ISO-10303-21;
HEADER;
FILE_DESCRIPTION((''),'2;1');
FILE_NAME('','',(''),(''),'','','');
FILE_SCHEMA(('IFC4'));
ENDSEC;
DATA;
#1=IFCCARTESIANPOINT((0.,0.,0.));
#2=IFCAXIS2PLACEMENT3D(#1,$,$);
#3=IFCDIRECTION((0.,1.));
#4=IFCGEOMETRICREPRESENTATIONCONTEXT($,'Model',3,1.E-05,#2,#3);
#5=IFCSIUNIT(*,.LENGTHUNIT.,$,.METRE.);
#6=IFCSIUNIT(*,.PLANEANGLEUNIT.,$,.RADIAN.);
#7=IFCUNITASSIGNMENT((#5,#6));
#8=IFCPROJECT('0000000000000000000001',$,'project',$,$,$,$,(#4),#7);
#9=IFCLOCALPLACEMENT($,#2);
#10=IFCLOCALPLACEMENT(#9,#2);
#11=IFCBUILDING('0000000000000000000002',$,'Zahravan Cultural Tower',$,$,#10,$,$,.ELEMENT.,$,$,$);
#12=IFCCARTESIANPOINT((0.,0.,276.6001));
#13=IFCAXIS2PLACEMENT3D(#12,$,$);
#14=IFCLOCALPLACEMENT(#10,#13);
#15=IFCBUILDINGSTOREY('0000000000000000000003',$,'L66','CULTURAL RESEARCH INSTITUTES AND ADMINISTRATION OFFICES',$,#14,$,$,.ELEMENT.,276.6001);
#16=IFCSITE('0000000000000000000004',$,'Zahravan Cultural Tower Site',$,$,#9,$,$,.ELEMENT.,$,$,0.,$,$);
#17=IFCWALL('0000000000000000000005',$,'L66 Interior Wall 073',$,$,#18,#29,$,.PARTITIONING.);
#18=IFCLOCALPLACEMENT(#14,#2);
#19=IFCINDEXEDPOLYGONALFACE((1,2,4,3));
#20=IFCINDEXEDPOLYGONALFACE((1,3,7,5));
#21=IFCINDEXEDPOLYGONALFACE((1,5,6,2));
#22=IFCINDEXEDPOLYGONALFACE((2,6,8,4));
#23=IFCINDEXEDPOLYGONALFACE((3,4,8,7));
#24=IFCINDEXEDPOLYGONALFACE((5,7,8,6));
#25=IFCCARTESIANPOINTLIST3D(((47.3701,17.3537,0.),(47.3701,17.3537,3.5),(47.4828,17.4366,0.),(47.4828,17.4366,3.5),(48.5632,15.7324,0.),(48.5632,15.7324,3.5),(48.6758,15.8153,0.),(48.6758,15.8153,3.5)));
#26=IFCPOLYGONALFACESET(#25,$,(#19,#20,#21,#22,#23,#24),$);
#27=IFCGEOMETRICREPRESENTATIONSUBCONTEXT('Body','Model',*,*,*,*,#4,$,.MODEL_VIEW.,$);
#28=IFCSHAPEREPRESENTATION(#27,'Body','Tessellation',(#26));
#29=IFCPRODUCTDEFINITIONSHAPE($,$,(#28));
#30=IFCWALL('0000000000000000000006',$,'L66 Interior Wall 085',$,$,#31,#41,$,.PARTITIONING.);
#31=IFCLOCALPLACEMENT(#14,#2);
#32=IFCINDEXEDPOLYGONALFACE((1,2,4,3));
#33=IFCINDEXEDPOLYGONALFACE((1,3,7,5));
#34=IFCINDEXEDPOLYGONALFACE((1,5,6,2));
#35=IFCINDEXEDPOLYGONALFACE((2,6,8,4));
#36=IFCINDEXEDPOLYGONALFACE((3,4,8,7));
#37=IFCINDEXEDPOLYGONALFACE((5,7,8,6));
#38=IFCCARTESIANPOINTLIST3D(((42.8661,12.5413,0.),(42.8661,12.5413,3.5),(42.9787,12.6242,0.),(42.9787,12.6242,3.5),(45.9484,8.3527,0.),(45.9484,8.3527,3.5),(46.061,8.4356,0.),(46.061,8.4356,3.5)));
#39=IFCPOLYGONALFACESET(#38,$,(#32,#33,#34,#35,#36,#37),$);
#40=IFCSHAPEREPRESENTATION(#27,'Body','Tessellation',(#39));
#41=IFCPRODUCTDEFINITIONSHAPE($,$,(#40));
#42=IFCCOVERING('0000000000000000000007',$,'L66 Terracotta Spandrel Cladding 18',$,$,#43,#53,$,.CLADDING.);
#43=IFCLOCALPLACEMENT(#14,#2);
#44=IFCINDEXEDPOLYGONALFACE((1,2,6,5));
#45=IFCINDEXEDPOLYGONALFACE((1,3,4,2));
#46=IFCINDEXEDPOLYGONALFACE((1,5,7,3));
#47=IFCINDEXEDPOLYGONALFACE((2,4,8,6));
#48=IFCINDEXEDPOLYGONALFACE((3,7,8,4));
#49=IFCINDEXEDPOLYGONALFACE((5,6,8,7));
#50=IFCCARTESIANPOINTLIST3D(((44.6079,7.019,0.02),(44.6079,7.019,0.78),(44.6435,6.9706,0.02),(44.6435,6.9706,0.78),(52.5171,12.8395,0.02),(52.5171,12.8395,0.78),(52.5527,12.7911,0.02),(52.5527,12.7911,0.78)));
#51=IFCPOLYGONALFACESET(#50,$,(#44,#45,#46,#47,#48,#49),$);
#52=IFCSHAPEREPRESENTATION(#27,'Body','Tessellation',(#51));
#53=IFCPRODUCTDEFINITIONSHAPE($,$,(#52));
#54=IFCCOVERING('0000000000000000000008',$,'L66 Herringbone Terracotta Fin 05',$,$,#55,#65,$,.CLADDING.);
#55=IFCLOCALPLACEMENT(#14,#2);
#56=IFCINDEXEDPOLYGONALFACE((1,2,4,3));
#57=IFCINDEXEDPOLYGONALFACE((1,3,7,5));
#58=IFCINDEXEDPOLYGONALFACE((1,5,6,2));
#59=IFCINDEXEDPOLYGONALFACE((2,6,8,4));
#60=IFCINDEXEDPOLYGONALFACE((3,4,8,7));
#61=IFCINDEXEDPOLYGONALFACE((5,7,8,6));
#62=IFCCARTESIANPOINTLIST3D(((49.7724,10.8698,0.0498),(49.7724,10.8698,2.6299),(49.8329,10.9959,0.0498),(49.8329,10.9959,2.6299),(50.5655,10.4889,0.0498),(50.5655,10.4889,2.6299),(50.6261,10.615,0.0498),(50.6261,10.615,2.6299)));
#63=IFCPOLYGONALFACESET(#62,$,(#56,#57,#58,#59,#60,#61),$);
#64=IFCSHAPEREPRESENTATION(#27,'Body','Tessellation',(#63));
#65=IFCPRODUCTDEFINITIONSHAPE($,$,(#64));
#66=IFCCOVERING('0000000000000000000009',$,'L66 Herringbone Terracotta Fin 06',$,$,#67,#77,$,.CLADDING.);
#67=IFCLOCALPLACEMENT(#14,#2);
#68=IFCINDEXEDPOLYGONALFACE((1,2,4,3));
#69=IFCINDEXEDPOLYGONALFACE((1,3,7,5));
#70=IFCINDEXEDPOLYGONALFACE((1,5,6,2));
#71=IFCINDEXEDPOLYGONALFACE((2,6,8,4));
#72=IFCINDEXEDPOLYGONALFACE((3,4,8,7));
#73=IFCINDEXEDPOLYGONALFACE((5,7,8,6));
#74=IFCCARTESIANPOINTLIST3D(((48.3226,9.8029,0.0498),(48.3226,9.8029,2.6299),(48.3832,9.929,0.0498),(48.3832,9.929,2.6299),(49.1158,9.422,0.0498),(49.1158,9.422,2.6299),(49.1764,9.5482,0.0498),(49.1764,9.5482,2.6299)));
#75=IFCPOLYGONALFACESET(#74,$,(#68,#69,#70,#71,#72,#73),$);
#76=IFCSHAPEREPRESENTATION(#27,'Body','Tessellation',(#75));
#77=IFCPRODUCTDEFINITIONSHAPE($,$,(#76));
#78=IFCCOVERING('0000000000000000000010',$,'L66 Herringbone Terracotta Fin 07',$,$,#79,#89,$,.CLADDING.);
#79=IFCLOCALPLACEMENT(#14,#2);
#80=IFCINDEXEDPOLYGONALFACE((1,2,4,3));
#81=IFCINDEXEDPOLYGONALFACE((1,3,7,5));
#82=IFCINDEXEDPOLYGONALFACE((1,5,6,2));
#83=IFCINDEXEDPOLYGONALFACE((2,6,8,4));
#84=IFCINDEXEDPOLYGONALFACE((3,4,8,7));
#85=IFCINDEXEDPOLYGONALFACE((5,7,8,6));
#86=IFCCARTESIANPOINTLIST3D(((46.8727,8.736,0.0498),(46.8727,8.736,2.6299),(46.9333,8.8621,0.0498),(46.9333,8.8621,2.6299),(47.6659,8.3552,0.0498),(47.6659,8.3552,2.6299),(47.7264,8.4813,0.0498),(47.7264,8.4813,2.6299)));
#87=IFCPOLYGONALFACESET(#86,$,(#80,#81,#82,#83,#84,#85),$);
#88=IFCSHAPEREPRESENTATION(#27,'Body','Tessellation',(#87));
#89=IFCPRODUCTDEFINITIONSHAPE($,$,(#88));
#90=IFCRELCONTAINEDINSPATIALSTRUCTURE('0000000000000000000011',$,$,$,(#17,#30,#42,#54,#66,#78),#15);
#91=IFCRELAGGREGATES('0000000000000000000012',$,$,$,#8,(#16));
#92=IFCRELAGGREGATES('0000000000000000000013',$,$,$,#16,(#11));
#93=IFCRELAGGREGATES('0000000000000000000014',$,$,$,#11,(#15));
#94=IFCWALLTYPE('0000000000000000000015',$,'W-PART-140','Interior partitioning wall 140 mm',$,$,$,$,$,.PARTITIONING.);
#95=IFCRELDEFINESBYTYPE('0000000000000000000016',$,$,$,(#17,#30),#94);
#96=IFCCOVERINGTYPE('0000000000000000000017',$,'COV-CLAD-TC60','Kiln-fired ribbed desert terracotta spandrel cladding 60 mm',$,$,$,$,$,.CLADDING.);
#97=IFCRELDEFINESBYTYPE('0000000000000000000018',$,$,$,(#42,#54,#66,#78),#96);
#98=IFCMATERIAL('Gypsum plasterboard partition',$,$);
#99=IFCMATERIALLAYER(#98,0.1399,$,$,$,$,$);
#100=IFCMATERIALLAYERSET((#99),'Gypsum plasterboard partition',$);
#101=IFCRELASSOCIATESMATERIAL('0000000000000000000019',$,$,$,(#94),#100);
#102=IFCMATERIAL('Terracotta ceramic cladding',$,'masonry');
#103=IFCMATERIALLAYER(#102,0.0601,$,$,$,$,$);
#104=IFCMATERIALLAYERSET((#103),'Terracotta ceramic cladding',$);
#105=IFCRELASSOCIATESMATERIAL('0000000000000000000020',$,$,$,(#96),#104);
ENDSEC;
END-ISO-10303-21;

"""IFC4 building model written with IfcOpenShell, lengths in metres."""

from ifc_helpers import new_model, si_unit, direction, frame, frame_2d, origin, origin_2d, place, context, subcontext, project, spatial, rectangle, extrude, source, transform, mapped, material, layer, layer_set, type_object, element, save


model = new_model("IFC4")

# Units and contexts
model_context = context("Model", 3, precision=1e-05, world=origin(), true_north=direction((0.0, 1.0)))
body_context = subcontext(model_context, "Body", "Model", "MODEL_VIEW")
ifc_project = project(units=[si_unit("LENGTHUNIT", "METRE"), si_unit("PLANEANGLEUNIT", "RADIAN")], contexts=[model_context])

# Site, building, storey
site_placement = place(None, origin())
site = spatial("IfcSite", under=ifc_project, at=site_placement, Name="Zahravan Cultural Tower Site", CompositionType="ELEMENT", RefElevation=0.0)
building_placement = place(site_placement, origin())
building = spatial("IfcBuilding", under=site, at=building_placement, Name="Zahravan Cultural Tower", CompositionType="ELEMENT")
storey_placement = place(building_placement, frame((0.0, 0.0, 276.6001)))
storey = spatial("IfcBuildingStorey", under=building, at=storey_placement, Name="L66", Description="CULTURAL RESEARCH INSTITUTES AND ADMINISTRATION OFFICES", CompositionType="ELEMENT", Elevation=276.6001)

# Shared definitions
ifc_material_1 = material(Name="Gypsum plasterboard partition")
ifc_layer_1 = layer(ifc_material_1, 0.1399)
ifc_layer_set_1 = layer_set([ifc_layer_1], Name="Gypsum plasterboard partition")
wall_type_1 = type_object("IfcWallType", Name="W-PART-140", Description="Interior partitioning wall 140 mm", PredefinedType="PARTITIONING", material=ifc_layer_set_1)

# Walls
shared_shape_1 = source(origin(), body_context, "Body", "SweptSolid", [
    extrude(rectangle(XDim=2.0129, YDim=0.1399, at=frame_2d((1.0063, 0.0))), origin(), (0.0, 0.0, 1.0), 3.5),
])
wall_1_placement = place(storey_placement, frame((47.4265, 17.395, 0.0), z_axis=(0.0, 0.0, 1.0), x_axis=(0.592698, -0.805425, 0.0)))
element("IfcWall", 1, at=wall_1_placement, inside=storey, type_object=wall_type_1, Name="L66 Interior Wall 073", PredefinedType="PARTITIONING", context=body_context, shape_type="MappedRepresentation", body=[
    mapped(shared_shape_1, transform((0.0, 0.0, 0.0), x_axis=(1.0, 0.0, 0.0), y_axis=(0.0, 1.0, 0.0), z_axis=(0.0, 0.0, 1.0), scale=1.0)),
])
shared_shape_2 = source(origin(), body_context, "Body", "SweptSolid", [
    extrude(rectangle(XDim=5.2004, YDim=0.1399, at=frame_2d((2.6001, 0.0))), origin(), (0.0, 0.0, 1.0), 3.5),
])
wall_2_placement = place(storey_placement, frame((46.0046, 8.3943, 0.0), z_axis=(0.0, 0.0, 1.0), x_axis=(-0.592704, 0.80542, 0.0)))
element("IfcWall", 2, at=wall_2_placement, inside=storey, type_object=wall_type_1, Name="L66 Interior Wall 085", PredefinedType="PARTITIONING", context=body_context, shape_type="MappedRepresentation", body=[
    mapped(shared_shape_2, transform((0.0, 0.0, 0.0), x_axis=(1.0, 0.0, 0.0), y_axis=(0.0, 1.0, 0.0), z_axis=(0.0, 0.0, 1.0), scale=1.0)),
])

# Coverings
ifc_material_2 = material(Name="Terracotta ceramic cladding", Category="masonry")
ifc_layer_2 = layer(ifc_material_2, 0.0601)
ifc_layer_set_2 = layer_set([ifc_layer_2], Name="Terracotta ceramic cladding")
covering_type = type_object("IfcCoveringType", Name="COV-CLAD-TC60", Description="Kiln-fired ribbed desert terracotta spandrel cladding 60 mm", PredefinedType="CLADDING", material=ifc_layer_set_2)
shared_shape_3 = source(origin(), body_context, "Body", "SweptSolid", [
    extrude(rectangle(XDim=9.8201, YDim=0.0601, at=origin_2d()), origin(), (0.0, 0.0, 1.0), 0.76),
])
covering_placement = place(storey_placement, frame((48.5803, 9.905, 0.02), z_axis=(0.0, 0.0, 1.0), x_axis=(-0.805411, -0.592716, 0.0)))
element("IfcCovering", 3, at=covering_placement, inside=storey, type_object=covering_type, Name="L66 Terracotta Spandrel Cladding 18", PredefinedType="CLADDING", context=body_context, shape_type="MappedRepresentation", body=[
    mapped(shared_shape_3, transform((0.0, 0.0, 0.0), x_axis=(1.0, 0.0, 0.0), y_axis=(0.0, 1.0, 0.0), z_axis=(0.0, 0.0, 1.0), scale=1.0)),
])
shared_shape_4 = source(origin(), body_context, "Body", "SweptSolid", [
    extrude(rectangle(XDim=0.8799, YDim=0.1399, at=origin_2d()), origin(), (0.0, 0.0, 1.0), 2.5801),
])
for number, where, z_axis, x_axis, name in (
    (4, (50.1992, 10.7424, 0.0498), (0.0, 0.0, 1.0), (0.901455, -0.432873, 0.0), "L66 Herringbone Terracotta Fin 05"),
    (5, (48.7495, 9.6755, 0.0498), (0.0, 0.0, 1.0), (0.901455, -0.432873, 0.0), "L66 Herringbone Terracotta Fin 06"),
    (6, (47.2996, 8.6086, 0.0498), (0.0, 0.0, 1.0), (0.901455, -0.432873, 0.0), "L66 Herringbone Terracotta Fin 07"),
):
    element("IfcCovering", number, at=place(storey_placement, frame(where, z_axis=z_axis, x_axis=x_axis)), inside=storey, type_object=covering_type, Name=name, PredefinedType="CLADDING", context=body_context, shape_type="MappedRepresentation", body=[
        mapped(shared_shape_4, transform((0.0, 0.0, 0.0), x_axis=(1.0, 0.0, 0.0), y_axis=(0.0, 1.0, 0.0), z_axis=(0.0, 0.0, 1.0), scale=1.0)),
    ])

save(model, "model.ifc")
